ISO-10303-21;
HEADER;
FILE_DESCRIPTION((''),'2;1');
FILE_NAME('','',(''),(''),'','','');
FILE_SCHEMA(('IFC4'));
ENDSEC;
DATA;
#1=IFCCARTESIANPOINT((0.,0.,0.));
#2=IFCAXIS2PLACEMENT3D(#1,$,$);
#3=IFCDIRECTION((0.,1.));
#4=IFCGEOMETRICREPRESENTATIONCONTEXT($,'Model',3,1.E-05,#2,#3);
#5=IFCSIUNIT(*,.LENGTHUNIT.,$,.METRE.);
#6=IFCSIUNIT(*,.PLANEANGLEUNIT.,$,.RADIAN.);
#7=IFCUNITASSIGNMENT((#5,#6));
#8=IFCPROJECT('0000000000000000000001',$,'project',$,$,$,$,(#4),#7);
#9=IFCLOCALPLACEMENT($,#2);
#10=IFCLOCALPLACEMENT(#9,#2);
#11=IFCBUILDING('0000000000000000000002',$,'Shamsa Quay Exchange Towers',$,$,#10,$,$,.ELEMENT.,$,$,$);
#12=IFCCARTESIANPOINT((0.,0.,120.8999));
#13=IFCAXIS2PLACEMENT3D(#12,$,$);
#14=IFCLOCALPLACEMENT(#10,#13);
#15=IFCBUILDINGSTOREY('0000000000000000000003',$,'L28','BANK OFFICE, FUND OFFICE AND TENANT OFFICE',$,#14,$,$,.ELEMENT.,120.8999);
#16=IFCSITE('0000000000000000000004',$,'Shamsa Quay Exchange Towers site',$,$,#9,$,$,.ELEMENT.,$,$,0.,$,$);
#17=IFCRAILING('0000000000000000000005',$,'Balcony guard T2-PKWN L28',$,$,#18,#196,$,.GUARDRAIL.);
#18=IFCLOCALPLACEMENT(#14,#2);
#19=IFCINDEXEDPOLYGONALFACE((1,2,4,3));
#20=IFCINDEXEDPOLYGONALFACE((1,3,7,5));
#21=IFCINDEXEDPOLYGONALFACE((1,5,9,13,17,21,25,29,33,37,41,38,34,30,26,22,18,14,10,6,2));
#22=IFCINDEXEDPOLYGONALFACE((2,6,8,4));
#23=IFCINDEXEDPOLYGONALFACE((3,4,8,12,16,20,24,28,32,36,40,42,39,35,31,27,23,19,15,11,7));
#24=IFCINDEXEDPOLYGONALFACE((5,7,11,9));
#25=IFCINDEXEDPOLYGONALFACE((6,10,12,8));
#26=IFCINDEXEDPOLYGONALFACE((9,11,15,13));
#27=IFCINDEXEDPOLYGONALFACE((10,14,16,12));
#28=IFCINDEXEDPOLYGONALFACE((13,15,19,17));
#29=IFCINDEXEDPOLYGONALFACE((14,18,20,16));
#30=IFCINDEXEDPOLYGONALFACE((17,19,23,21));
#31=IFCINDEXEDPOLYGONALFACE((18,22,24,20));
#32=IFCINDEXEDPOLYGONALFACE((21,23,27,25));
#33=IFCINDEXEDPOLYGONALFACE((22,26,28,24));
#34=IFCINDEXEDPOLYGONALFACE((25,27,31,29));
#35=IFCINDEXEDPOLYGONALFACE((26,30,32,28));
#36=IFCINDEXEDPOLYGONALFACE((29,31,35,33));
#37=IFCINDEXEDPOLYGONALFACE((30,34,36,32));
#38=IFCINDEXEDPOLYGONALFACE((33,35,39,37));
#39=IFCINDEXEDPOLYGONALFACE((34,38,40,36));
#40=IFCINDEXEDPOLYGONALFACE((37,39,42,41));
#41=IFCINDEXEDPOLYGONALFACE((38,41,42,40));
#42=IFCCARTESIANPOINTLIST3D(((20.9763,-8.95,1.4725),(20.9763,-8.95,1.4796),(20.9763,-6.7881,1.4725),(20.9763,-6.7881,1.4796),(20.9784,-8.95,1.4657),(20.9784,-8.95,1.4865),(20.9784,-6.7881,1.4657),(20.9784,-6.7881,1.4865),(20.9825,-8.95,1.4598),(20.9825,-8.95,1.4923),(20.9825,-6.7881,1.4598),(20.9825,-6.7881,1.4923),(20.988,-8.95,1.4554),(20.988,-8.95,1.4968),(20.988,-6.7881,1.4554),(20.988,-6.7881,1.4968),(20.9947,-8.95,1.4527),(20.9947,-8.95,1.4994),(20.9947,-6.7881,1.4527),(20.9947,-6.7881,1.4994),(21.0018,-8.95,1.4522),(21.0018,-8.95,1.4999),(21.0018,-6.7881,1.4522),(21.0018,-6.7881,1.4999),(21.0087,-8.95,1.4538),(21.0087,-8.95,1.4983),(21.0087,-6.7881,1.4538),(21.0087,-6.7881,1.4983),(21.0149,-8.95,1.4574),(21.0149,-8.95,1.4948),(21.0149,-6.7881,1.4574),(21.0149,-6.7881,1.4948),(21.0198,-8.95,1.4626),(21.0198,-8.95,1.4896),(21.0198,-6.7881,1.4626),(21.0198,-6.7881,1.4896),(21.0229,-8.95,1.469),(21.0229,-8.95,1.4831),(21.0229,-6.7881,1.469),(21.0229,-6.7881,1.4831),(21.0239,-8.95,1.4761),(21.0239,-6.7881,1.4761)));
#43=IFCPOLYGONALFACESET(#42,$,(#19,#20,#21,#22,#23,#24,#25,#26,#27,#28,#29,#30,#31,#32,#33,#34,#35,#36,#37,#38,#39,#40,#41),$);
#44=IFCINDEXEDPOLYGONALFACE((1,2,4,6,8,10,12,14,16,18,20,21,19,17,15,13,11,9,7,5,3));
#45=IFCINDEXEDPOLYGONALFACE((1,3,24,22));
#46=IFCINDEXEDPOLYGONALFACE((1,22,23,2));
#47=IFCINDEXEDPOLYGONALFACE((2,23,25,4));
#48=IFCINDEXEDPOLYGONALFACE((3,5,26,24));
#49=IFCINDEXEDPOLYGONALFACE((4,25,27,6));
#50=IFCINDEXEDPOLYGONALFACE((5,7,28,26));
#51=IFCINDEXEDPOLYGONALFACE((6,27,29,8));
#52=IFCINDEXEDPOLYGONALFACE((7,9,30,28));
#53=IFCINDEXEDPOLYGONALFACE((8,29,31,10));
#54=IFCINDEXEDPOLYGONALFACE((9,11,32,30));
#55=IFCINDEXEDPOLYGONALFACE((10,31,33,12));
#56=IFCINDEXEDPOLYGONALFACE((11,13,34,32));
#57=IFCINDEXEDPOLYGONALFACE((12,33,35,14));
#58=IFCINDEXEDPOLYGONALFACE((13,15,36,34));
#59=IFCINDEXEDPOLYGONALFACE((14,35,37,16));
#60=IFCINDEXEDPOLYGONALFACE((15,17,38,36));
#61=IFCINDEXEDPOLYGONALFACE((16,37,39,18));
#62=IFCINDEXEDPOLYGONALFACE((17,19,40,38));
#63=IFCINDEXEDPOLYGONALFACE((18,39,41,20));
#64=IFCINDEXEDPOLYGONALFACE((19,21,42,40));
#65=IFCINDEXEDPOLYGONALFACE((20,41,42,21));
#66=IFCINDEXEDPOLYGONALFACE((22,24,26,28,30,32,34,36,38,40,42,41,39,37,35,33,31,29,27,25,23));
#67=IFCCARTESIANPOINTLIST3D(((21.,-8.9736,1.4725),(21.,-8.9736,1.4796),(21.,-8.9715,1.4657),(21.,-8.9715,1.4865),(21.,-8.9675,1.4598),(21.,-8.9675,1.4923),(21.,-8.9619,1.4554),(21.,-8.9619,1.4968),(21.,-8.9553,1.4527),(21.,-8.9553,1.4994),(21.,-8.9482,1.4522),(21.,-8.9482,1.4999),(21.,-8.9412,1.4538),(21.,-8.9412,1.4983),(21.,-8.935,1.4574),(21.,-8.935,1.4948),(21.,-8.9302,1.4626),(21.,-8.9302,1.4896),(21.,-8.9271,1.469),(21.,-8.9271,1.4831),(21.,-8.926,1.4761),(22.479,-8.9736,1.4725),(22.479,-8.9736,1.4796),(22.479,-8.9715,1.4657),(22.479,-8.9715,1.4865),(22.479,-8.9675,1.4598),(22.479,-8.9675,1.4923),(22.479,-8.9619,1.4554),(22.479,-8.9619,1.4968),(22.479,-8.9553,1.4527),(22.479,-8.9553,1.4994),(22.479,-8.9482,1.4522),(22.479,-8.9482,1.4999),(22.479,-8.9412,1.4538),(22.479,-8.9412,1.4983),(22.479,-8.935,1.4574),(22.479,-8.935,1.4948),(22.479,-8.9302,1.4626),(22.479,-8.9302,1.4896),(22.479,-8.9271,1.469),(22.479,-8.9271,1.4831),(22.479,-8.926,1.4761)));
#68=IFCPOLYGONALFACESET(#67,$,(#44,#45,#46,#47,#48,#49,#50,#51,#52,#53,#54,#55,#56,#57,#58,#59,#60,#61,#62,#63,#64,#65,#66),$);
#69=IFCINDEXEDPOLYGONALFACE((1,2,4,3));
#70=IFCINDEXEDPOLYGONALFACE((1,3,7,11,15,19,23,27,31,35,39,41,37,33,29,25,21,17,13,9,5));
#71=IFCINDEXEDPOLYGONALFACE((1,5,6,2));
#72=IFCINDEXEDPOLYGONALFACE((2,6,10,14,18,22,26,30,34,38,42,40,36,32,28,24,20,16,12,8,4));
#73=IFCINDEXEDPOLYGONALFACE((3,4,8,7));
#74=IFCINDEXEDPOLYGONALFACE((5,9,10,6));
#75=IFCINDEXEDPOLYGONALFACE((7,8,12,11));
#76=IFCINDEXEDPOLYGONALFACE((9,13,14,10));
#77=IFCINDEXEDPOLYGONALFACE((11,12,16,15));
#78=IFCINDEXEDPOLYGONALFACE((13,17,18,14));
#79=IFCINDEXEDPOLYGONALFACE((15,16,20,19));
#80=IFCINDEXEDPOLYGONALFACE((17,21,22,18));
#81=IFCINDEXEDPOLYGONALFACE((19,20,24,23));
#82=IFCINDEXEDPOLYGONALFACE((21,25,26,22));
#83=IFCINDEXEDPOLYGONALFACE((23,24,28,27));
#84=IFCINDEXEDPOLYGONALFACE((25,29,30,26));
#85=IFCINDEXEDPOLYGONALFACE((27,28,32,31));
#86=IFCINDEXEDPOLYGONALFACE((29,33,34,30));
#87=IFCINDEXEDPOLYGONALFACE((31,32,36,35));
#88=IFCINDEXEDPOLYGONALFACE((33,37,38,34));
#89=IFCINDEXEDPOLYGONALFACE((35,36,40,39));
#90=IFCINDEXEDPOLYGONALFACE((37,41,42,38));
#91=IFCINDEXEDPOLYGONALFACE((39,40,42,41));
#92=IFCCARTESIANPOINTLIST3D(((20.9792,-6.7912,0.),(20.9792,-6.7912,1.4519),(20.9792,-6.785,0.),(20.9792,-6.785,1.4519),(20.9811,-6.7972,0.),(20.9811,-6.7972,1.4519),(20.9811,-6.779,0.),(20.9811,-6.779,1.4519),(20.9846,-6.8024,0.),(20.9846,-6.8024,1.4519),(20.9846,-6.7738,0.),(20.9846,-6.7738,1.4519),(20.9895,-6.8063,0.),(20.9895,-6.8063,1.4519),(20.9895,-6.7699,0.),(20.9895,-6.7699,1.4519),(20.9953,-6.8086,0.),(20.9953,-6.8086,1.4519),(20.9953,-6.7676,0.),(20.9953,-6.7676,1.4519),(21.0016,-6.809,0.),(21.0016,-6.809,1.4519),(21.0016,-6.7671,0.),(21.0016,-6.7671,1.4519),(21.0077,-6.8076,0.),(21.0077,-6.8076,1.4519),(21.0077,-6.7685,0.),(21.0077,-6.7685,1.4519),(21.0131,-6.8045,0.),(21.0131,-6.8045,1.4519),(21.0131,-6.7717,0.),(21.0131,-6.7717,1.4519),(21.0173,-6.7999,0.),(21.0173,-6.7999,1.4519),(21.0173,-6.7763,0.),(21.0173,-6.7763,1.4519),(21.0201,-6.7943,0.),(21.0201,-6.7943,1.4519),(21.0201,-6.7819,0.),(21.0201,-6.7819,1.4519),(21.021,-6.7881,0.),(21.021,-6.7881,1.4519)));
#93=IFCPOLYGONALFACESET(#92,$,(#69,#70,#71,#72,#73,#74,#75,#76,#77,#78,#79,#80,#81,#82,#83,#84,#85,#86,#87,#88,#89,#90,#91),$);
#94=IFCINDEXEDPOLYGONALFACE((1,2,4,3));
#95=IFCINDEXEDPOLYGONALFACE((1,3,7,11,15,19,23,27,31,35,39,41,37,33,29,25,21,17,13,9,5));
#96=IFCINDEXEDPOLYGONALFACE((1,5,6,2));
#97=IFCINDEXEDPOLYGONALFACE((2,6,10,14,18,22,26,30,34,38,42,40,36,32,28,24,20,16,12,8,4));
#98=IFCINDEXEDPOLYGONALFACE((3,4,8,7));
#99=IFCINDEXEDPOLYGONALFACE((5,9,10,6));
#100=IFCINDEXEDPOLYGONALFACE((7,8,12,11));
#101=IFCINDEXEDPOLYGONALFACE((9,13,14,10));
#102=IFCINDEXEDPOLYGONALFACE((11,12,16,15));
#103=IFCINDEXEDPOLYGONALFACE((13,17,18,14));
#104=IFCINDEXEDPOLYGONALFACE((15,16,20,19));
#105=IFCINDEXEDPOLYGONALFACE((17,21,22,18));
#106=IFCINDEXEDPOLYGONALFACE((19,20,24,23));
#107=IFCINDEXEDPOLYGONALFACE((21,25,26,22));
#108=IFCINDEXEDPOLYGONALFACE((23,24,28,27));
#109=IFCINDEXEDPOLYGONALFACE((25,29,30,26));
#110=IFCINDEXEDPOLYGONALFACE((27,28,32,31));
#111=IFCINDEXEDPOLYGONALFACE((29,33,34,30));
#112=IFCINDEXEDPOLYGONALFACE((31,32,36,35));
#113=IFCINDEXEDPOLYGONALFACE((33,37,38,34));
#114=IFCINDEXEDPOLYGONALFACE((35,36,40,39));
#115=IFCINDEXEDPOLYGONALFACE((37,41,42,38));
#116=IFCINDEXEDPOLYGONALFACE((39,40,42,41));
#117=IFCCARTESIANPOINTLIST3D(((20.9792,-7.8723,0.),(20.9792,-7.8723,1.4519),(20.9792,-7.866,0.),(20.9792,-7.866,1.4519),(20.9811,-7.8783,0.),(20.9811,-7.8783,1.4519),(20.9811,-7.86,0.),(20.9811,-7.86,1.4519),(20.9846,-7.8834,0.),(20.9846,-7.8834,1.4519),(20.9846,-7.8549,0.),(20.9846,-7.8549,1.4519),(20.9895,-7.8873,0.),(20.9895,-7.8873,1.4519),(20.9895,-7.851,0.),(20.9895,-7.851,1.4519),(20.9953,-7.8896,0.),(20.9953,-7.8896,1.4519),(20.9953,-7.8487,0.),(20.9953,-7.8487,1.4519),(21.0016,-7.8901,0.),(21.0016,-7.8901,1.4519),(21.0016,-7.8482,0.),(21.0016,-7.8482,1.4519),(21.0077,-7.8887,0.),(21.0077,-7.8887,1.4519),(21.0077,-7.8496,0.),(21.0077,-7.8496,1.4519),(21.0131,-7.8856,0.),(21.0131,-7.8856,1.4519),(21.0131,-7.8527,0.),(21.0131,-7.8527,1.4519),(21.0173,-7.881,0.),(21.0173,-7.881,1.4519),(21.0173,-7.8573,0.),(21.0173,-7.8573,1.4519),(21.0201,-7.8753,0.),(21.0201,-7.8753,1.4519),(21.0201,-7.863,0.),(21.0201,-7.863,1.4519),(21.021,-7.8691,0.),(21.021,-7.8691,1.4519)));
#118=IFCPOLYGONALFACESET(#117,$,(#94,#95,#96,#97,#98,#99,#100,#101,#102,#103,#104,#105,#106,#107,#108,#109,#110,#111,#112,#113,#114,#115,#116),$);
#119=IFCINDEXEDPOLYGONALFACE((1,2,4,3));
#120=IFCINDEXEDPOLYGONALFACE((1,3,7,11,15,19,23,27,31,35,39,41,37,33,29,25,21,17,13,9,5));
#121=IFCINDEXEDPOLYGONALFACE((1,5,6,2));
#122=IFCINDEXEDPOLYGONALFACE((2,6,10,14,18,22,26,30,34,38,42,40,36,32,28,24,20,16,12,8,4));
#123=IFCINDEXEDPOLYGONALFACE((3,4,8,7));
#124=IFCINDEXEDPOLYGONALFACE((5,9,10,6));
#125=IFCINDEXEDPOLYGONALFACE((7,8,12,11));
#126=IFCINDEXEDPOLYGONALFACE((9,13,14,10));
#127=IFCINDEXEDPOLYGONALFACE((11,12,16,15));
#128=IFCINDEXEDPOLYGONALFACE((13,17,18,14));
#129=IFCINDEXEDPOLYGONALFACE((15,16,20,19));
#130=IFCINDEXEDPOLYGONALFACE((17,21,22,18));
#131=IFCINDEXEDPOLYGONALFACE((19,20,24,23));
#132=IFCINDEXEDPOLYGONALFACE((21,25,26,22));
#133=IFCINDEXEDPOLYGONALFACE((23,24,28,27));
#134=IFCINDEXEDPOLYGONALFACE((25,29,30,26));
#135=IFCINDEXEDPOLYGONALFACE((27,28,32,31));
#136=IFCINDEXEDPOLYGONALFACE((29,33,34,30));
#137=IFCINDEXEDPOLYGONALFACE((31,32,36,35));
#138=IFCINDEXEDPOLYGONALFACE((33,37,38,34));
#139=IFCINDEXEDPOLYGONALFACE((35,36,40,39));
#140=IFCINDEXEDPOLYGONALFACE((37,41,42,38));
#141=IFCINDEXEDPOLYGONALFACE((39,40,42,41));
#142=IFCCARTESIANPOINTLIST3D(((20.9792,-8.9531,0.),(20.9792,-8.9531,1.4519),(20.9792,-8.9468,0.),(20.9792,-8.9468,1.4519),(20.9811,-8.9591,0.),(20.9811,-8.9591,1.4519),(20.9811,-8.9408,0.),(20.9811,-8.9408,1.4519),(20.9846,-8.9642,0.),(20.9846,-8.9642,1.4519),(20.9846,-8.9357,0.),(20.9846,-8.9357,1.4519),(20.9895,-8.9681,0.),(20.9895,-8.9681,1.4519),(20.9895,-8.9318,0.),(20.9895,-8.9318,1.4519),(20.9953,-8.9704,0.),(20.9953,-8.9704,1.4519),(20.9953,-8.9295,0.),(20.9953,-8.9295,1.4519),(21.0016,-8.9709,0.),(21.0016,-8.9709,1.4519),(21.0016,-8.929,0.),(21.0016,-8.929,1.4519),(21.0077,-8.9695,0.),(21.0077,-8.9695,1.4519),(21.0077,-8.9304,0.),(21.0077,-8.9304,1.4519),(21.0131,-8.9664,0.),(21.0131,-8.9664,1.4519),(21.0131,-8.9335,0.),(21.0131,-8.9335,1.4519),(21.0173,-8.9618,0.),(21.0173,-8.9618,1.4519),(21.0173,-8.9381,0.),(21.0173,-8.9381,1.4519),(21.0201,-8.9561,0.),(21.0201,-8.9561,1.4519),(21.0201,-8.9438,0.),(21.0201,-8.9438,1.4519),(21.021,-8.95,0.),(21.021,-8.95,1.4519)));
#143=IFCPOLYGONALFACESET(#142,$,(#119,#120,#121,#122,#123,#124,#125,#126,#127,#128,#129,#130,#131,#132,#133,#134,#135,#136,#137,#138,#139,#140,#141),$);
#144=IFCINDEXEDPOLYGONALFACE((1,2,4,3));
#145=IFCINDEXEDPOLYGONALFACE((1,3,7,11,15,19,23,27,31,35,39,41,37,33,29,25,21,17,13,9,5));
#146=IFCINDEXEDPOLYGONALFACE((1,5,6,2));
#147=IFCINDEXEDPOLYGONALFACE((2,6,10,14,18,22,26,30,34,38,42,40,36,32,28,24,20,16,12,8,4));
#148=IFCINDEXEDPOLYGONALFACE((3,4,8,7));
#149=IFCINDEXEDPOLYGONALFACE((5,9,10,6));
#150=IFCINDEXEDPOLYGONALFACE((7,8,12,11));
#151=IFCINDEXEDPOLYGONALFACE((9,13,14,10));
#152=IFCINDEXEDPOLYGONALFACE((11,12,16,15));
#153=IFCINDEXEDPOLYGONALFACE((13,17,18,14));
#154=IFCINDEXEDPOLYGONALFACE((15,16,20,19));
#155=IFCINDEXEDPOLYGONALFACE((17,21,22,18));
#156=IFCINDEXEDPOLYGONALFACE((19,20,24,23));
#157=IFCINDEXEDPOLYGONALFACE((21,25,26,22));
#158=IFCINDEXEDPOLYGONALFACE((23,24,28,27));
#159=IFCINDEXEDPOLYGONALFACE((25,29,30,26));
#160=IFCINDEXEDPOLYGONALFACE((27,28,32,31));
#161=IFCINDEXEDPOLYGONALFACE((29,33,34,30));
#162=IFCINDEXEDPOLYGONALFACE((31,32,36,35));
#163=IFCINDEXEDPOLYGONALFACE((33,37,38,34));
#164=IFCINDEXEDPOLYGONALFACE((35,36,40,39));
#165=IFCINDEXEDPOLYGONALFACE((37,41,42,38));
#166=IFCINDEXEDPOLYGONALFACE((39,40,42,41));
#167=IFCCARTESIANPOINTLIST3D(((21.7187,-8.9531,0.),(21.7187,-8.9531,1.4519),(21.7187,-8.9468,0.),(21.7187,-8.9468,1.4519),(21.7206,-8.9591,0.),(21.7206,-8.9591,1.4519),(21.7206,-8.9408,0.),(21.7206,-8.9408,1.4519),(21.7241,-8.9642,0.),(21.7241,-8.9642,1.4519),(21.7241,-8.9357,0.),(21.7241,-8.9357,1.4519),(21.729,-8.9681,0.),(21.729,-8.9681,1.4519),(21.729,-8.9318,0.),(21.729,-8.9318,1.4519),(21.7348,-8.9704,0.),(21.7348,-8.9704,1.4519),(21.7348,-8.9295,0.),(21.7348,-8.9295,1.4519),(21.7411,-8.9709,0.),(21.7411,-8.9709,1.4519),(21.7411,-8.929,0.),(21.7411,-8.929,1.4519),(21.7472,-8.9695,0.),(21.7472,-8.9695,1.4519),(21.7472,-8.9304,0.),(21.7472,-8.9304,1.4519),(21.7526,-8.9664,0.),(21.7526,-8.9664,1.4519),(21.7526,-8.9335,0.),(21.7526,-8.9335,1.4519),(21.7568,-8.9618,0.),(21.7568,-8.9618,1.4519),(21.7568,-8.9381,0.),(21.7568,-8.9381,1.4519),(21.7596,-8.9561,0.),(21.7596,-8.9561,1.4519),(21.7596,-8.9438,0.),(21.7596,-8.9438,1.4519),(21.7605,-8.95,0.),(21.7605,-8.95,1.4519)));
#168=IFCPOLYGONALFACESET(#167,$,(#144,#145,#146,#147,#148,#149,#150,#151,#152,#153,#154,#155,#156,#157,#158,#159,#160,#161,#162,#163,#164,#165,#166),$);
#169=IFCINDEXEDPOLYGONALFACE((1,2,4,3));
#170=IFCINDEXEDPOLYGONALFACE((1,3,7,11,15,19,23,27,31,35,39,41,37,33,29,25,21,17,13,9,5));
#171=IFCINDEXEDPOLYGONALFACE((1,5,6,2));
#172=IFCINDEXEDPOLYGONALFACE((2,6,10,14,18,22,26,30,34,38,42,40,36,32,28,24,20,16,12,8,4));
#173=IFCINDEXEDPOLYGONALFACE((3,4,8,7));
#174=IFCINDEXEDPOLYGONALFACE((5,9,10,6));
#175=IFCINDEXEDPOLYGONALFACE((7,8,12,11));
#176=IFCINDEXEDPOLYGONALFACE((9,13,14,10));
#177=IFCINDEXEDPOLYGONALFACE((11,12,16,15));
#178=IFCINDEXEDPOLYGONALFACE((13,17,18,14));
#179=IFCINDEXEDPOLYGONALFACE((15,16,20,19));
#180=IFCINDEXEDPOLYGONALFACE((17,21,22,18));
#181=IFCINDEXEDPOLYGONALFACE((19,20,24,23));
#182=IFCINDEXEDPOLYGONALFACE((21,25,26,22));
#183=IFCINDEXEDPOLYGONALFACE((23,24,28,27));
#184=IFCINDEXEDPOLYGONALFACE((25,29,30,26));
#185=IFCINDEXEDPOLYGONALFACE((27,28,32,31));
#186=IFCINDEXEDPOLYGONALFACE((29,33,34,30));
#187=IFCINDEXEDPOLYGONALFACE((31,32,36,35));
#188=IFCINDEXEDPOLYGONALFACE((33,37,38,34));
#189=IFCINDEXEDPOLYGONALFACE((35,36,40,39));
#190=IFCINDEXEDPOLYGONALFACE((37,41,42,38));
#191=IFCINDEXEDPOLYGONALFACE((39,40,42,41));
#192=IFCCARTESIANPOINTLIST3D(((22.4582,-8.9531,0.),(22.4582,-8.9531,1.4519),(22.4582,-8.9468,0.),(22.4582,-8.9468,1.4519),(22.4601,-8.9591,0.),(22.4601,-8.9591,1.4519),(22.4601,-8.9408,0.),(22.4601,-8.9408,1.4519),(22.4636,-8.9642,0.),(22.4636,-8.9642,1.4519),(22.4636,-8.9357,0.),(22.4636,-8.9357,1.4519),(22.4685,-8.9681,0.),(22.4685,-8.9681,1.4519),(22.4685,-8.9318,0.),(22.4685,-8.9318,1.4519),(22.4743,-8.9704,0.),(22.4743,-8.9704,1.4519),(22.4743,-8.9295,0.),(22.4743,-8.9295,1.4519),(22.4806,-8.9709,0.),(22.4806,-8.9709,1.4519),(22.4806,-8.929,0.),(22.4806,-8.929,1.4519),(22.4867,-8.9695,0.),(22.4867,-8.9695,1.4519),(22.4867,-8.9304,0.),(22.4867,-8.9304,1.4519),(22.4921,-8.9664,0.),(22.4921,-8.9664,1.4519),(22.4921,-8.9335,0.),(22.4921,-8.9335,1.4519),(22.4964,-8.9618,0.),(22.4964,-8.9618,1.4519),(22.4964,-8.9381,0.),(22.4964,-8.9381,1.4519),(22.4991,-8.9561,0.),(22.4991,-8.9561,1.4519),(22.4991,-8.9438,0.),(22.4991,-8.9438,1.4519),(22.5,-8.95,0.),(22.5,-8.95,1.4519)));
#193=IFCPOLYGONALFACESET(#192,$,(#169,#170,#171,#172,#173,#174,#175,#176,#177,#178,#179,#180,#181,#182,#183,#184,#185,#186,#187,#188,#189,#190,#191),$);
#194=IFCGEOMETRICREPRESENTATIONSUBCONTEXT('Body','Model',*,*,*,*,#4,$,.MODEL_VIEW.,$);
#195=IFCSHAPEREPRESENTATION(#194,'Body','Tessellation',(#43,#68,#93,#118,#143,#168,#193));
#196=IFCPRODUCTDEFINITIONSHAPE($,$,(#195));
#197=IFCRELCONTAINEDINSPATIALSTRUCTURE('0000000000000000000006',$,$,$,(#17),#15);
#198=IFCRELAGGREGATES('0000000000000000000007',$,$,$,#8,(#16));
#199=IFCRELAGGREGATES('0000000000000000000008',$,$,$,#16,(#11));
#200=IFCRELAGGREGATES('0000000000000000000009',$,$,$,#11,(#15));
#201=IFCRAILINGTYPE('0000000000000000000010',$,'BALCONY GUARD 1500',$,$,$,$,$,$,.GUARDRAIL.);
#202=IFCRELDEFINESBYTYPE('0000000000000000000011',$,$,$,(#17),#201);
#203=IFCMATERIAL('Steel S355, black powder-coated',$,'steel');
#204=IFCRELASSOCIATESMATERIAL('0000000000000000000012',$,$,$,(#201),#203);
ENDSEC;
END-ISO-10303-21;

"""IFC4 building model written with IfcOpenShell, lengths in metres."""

from ifc_helpers import new_model, si_unit, direction, frame, origin, origin_2d, place, context, subcontext, project, spatial, circle, extrude, material, type_object, element, save


model = new_model("IFC4")

# Units and contexts
model_context = context("Model", 3, precision=1e-05, world=origin(), true_north=direction((0.0, 1.0)))
body_context = subcontext(model_context, "Body", "Model", "MODEL_VIEW")
ifc_project = project(units=[si_unit("LENGTHUNIT", "METRE"), si_unit("PLANEANGLEUNIT", "RADIAN")], contexts=[model_context])

# Site, building, storey
site_placement = place(None, origin())
site = spatial("IfcSite", under=ifc_project, at=site_placement, Name="Shamsa Quay Exchange Towers site", CompositionType="ELEMENT", RefElevation=0.0)
building_placement = place(site_placement, origin())
building = spatial("IfcBuilding", under=site, at=building_placement, Name="Shamsa Quay Exchange Towers", CompositionType="ELEMENT")
storey_placement = place(building_placement, frame((0.0, 0.0, 120.8999)))
storey = spatial("IfcBuildingStorey", under=building, at=storey_placement, Name="L28", Description="BANK OFFICE, FUND OFFICE AND TENANT OFFICE", CompositionType="ELEMENT", Elevation=120.8999)

# Railing
ifc_material_1 = material(Name="Steel S355, black powder-coated", Category="steel")
railing_type = type_object("IfcRailingType", Name="BALCONY GUARD 1500", PredefinedType="GUARDRAIL", material=ifc_material_1)
for number, where, name in (
    (1, (21.0, -6.7881, 0.0), "Balcony guard T2-PKWN L28"),
):
    element("IfcRailing", number, at=place(storey_placement, frame(where)), inside=storey, type_object=railing_type, Name=name, PredefinedType="GUARDRAIL", context=body_context, shape_type="SweptSolid", body=[
        extrude(circle(Radius=0.0239, at=origin_2d()), frame((0.0, 0.0, 1.4761), z_axis=(0.0, -1.0, 0.0), x_axis=(1.0, 0.0, 0.0)), (0.0, 0.0, 1.0), 2.1619),
        extrude(circle(Radius=0.0239, at=origin_2d()), frame((0.0, -2.1619, 1.4761), z_axis=(1.0, 0.0, 0.0), x_axis=(0.0, 1.0, 0.0)), (0.0, 0.0, 1.0), 1.479),
        extrude(circle(Radius=0.021, at=origin_2d()), origin(), (0.0, 0.0, 1.0), 1.4519),
        extrude(circle(Radius=0.021, at=origin_2d()), frame((0.0, -1.0811, 0.0)), (0.0, 0.0, 1.0), 1.4519),
        extrude(circle(Radius=0.021, at=origin_2d()), frame((0.0, -2.1619, 0.0)), (0.0, 0.0, 1.0), 1.4519),
        extrude(circle(Radius=0.021, at=origin_2d()), frame((0.7395, -2.1619, 0.0)), (0.0, 0.0, 1.0), 1.4519),
        extrude(circle(Radius=0.021, at=origin_2d()), frame((1.479, -2.1619, 0.0)), (0.0, 0.0, 1.0), 1.4519),
    ])

save(model, "model.ifc")
